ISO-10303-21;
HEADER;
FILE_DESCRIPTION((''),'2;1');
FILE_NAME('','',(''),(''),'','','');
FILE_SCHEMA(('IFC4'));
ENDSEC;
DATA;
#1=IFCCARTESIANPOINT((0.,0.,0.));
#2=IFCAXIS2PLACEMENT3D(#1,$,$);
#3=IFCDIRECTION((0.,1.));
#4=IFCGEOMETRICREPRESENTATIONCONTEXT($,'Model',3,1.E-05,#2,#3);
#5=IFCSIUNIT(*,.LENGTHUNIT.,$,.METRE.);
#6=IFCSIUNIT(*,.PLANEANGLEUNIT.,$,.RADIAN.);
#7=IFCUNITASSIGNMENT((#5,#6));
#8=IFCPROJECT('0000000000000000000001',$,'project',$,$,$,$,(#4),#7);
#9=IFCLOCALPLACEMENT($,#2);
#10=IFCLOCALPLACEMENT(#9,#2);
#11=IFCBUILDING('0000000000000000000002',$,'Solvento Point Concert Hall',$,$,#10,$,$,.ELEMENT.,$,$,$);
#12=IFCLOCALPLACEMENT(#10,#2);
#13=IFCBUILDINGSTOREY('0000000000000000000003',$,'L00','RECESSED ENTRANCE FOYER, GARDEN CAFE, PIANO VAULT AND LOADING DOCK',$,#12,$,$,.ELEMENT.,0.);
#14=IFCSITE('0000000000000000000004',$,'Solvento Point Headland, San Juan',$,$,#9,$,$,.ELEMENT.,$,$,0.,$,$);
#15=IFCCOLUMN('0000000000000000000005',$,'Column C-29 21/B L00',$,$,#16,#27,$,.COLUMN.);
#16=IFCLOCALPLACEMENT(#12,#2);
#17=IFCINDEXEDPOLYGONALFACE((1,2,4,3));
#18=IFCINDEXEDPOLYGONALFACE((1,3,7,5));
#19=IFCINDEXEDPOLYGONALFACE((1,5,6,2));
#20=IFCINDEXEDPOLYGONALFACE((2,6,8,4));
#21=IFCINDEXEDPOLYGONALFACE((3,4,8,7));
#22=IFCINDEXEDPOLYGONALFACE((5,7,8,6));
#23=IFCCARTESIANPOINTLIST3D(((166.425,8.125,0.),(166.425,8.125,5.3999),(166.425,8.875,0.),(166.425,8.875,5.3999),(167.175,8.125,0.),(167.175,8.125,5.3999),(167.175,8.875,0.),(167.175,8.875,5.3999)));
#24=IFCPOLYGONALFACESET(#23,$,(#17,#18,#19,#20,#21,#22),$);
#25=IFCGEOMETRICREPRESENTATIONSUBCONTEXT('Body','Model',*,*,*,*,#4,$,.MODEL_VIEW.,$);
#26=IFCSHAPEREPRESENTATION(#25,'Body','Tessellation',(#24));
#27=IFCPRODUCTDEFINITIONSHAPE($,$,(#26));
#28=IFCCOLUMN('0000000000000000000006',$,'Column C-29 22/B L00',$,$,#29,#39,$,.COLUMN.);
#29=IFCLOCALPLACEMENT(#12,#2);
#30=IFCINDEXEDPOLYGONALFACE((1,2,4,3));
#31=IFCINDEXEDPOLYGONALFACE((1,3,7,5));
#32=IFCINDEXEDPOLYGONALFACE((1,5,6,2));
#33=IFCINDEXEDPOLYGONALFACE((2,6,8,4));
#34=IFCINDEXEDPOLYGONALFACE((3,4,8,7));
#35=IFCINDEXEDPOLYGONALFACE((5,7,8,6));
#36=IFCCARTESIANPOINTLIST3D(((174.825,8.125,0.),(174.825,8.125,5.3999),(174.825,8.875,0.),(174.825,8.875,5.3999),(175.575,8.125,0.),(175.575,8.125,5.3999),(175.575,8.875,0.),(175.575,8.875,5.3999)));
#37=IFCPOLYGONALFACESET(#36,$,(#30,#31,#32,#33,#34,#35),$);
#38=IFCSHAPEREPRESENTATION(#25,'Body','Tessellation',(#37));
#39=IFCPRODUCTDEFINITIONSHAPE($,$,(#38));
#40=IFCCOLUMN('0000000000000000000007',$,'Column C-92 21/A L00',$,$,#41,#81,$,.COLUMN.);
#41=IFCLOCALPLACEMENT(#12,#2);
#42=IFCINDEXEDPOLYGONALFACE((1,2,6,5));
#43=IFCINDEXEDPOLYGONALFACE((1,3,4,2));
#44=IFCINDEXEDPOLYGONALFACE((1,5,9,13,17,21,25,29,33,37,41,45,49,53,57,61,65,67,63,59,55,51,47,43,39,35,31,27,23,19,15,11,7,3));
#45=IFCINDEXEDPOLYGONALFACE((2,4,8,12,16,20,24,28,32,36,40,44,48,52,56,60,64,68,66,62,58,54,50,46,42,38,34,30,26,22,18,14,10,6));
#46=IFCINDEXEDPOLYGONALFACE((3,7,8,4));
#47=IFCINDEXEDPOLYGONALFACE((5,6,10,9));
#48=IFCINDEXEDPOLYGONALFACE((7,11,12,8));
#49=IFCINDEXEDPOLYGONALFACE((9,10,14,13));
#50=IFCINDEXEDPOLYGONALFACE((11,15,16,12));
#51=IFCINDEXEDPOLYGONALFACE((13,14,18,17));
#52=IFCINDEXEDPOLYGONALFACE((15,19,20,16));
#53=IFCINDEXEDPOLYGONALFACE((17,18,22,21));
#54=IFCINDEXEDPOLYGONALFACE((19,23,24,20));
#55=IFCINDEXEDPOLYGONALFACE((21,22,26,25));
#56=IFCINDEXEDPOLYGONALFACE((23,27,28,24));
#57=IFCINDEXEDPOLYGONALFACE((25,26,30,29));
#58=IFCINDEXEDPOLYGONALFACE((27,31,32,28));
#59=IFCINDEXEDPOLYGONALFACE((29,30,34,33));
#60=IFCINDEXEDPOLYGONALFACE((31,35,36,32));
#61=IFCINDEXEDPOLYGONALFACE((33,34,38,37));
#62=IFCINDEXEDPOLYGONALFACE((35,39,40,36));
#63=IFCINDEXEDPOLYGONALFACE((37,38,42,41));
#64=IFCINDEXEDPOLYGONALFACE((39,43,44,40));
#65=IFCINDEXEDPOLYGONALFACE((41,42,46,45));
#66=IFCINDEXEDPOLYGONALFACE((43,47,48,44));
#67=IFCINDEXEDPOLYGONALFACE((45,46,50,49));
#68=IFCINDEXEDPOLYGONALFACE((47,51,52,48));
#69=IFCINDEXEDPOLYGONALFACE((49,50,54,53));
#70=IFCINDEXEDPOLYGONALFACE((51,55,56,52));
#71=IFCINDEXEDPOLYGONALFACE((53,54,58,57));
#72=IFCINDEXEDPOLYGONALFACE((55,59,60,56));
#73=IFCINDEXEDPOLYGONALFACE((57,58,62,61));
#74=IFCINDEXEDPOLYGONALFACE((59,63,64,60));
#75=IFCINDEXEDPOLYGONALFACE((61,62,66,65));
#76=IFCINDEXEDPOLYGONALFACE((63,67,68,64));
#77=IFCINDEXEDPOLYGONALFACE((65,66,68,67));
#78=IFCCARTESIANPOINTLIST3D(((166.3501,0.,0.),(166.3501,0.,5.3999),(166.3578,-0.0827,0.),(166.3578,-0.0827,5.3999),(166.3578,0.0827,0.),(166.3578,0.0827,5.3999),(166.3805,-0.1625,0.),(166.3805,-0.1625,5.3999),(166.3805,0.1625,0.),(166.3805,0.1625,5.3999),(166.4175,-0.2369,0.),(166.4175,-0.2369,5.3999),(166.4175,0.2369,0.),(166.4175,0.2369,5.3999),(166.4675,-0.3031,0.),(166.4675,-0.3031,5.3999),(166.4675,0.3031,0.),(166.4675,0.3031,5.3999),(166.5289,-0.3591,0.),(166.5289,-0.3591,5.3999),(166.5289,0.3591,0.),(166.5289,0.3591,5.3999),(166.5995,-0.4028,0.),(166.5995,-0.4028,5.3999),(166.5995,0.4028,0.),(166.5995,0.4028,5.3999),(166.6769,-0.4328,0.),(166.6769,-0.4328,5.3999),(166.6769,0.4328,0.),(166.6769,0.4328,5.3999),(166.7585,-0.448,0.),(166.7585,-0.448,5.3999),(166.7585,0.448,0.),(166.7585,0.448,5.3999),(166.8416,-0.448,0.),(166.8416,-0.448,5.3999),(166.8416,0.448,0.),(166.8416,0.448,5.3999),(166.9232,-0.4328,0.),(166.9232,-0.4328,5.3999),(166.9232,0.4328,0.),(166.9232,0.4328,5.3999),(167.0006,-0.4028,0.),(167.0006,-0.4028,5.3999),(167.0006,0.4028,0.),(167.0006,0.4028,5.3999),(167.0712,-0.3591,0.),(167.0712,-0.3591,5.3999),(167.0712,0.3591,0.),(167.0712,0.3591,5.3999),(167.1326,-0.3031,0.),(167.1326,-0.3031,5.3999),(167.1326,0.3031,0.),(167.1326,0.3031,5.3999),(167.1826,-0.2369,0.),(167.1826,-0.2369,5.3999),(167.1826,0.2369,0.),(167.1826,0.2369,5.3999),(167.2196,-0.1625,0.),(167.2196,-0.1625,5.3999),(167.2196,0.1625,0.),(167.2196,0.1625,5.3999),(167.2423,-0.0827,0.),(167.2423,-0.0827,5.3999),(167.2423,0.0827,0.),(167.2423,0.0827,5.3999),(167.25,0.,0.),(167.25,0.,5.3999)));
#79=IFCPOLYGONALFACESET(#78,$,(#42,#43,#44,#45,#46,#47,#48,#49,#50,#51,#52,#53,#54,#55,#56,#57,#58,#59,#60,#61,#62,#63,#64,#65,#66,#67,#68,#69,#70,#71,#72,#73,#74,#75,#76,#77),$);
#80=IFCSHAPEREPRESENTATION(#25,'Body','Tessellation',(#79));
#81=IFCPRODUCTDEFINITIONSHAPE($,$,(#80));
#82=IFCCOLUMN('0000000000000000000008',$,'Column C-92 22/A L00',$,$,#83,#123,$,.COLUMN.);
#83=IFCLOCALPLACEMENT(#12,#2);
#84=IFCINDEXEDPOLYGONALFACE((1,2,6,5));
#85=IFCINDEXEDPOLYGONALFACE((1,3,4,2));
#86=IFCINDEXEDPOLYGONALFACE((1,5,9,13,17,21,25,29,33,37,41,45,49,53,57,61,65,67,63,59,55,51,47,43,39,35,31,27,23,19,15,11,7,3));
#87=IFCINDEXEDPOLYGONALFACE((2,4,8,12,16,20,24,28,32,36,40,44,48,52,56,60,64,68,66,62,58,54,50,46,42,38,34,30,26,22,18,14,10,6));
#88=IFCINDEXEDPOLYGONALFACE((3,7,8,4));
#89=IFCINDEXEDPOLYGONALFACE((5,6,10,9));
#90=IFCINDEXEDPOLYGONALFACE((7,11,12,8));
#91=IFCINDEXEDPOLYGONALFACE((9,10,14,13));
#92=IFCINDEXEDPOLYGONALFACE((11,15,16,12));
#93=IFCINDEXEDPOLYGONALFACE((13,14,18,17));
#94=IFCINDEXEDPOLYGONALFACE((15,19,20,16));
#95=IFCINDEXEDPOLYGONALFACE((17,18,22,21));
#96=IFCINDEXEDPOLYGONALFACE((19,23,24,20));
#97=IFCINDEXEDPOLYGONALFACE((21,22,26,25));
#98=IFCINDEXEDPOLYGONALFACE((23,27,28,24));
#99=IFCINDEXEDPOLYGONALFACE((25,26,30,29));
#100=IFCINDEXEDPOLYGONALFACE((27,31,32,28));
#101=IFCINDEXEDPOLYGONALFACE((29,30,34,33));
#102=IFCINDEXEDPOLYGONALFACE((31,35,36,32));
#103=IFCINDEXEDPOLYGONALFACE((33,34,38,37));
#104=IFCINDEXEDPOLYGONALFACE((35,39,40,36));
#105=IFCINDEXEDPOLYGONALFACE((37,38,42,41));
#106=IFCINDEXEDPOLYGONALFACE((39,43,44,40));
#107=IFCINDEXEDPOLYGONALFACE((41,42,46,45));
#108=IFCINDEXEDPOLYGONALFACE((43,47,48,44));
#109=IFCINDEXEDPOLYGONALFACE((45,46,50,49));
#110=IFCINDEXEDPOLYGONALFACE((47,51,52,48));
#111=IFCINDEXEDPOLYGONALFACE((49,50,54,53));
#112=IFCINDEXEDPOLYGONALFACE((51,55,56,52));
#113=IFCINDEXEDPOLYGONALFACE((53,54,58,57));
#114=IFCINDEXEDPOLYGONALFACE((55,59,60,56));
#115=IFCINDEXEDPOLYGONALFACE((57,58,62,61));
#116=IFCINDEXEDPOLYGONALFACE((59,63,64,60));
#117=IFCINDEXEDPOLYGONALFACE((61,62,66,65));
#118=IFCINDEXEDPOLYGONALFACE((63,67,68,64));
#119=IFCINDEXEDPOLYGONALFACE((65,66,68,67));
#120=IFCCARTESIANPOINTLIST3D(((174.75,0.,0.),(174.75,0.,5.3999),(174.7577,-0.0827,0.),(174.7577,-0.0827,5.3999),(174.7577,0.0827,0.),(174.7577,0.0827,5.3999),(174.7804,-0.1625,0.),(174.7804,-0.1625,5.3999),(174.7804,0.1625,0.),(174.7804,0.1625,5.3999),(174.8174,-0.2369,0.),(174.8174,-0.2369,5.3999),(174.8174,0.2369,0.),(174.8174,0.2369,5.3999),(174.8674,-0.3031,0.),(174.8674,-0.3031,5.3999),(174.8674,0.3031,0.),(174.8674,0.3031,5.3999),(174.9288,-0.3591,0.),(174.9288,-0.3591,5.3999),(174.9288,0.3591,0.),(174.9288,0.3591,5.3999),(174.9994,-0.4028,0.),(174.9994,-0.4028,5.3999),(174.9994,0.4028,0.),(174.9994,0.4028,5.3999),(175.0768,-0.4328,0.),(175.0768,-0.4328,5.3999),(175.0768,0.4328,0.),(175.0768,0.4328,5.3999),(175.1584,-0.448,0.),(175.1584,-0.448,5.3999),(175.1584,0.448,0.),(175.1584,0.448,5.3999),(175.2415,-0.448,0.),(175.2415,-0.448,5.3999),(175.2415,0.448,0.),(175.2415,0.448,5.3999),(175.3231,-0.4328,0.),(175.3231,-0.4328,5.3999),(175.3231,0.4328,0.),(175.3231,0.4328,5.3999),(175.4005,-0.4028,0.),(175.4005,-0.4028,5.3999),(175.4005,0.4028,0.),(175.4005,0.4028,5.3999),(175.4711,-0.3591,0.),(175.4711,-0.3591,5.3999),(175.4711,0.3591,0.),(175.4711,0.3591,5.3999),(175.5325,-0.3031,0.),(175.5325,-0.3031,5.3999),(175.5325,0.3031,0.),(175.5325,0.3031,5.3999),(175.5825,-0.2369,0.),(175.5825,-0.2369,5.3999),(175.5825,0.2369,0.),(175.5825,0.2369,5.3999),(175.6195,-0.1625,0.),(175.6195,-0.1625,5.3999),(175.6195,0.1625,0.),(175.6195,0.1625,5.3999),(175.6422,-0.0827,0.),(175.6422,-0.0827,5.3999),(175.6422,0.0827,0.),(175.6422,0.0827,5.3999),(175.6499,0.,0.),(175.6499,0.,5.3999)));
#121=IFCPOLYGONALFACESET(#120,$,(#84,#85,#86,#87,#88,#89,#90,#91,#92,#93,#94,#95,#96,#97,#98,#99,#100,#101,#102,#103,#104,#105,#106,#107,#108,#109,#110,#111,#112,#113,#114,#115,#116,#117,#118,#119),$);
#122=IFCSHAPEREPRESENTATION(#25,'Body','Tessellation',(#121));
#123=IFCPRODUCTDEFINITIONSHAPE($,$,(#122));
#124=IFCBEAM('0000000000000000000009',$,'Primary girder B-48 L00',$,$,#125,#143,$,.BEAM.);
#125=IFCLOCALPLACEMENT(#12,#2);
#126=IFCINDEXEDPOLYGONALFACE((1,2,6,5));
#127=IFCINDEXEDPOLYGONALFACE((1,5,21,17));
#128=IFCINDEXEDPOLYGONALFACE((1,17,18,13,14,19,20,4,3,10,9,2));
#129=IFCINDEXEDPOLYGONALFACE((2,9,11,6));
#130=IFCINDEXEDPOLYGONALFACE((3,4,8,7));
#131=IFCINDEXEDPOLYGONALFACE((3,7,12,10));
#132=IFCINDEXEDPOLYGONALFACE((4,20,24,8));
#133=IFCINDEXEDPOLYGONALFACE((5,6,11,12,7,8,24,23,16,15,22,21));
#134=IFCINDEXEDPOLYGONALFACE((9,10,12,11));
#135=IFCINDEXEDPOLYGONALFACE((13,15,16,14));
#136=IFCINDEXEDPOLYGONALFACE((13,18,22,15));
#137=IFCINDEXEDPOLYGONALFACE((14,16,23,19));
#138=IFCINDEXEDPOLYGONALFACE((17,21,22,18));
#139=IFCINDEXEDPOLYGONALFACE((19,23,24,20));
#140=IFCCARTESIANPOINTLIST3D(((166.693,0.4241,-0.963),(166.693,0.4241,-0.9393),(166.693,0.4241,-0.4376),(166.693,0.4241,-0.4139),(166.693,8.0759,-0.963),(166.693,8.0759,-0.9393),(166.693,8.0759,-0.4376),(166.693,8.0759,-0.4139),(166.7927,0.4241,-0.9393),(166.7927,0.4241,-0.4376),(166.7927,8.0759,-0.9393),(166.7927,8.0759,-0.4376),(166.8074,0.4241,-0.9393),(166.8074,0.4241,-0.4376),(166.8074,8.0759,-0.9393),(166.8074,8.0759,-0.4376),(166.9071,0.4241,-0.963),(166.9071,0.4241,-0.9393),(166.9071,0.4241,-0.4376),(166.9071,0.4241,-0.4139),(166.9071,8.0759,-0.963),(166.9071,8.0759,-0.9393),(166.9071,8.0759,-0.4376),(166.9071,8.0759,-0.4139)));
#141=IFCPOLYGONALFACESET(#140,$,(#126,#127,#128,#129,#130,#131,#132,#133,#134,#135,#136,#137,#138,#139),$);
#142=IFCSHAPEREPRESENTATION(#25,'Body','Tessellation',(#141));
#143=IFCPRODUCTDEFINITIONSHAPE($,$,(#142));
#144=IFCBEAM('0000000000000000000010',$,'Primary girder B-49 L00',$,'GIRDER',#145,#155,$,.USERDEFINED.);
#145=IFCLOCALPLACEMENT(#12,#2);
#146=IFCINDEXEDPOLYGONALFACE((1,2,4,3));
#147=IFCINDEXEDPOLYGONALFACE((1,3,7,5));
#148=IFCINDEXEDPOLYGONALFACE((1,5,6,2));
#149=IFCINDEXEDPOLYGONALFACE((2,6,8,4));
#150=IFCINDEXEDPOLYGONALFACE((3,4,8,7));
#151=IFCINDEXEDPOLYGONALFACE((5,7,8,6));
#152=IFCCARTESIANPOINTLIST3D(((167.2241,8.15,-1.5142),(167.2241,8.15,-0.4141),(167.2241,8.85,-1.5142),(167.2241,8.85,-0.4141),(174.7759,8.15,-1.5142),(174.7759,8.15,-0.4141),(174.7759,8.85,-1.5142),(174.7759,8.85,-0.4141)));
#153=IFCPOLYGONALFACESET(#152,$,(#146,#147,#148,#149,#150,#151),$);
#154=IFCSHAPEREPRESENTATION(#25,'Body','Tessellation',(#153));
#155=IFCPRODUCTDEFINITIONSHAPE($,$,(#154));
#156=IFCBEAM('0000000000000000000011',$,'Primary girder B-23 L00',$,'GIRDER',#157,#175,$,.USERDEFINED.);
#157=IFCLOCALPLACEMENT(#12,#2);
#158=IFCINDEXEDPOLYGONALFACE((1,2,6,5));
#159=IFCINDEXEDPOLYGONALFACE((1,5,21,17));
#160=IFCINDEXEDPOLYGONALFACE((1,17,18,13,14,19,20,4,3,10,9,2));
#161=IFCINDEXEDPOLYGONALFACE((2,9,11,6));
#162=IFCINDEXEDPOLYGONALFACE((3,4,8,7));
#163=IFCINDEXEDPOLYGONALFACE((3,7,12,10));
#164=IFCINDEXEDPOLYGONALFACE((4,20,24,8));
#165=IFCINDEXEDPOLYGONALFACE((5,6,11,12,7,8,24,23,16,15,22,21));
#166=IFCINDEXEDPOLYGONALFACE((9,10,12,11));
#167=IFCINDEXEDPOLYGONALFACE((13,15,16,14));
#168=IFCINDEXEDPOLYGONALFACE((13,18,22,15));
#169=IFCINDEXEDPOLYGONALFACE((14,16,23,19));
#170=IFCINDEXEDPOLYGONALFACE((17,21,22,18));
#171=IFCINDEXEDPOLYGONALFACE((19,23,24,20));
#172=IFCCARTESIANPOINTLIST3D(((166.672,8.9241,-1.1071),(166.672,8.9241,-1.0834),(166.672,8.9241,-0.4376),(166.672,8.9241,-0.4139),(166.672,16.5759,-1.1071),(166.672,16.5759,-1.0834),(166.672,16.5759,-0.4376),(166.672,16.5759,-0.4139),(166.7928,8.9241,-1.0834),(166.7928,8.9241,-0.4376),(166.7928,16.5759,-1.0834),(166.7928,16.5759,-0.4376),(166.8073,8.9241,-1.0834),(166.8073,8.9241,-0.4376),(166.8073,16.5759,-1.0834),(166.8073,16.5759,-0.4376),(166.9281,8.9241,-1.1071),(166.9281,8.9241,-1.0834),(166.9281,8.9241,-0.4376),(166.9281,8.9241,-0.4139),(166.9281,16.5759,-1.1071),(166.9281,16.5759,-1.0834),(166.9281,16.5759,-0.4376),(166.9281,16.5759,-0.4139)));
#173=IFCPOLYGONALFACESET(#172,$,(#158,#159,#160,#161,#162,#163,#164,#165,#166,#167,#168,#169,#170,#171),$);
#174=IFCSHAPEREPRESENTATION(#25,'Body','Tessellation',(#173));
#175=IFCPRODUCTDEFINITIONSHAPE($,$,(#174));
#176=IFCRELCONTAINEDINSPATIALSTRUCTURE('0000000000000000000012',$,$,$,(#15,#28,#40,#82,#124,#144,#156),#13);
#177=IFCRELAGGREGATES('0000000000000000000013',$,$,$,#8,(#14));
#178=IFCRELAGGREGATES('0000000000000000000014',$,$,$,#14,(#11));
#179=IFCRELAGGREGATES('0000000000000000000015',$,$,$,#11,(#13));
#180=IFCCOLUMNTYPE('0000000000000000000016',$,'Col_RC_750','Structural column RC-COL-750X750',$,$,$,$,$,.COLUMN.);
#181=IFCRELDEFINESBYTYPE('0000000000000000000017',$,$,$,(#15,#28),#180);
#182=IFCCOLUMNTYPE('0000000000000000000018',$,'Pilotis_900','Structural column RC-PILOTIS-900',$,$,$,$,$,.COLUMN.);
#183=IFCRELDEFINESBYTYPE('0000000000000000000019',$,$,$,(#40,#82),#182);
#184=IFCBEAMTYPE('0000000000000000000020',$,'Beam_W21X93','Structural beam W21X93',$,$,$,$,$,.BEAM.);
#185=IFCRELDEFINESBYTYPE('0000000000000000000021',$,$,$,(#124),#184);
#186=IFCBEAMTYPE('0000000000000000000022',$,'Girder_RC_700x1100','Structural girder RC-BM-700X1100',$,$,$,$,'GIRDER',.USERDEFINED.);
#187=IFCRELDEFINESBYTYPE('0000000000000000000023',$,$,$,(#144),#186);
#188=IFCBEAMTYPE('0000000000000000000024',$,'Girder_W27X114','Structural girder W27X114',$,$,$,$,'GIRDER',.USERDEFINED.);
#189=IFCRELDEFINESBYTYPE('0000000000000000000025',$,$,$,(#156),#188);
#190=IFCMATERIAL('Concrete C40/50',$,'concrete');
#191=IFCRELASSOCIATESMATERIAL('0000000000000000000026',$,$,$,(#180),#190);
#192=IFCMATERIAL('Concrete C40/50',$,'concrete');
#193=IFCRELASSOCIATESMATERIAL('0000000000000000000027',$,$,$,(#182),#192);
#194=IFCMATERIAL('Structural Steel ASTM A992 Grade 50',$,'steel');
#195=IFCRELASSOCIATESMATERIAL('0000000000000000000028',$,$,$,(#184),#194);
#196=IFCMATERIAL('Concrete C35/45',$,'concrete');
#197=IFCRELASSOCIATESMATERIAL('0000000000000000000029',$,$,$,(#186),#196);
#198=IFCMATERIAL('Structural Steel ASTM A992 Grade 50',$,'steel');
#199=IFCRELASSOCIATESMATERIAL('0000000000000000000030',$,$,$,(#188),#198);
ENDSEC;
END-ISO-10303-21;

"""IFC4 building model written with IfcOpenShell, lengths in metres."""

from ifc_helpers import new_model, si_unit, direction, frame, origin, origin_2d, place, context, subcontext, project, spatial, rectangle, circle, i_section, extrude, material, material_profile, profile_set, type_object, element, save


model = new_model("IFC4")

# Units and contexts
model_context = context("Model", 3, precision=1e-05, world=origin(), true_north=direction((0.0, 1.0)))
body_context = subcontext(model_context, "Body", "Model", "MODEL_VIEW")
ifc_project = project(units=[si_unit("LENGTHUNIT", "METRE"), si_unit("PLANEANGLEUNIT", "RADIAN")], contexts=[model_context])

# Site, building, storey
site_placement = place(None, origin())
site = spatial("IfcSite", under=ifc_project, at=site_placement, Name="Solvento Point Headland, San Juan", CompositionType="ELEMENT", RefElevation=0.0)
building_placement = place(site_placement, origin())
building = spatial("IfcBuilding", under=site, at=building_placement, Name="Solvento Point Concert Hall", CompositionType="ELEMENT")
storey_placement = place(building_placement, origin())
storey = spatial("IfcBuildingStorey", under=building, at=storey_placement, Name="L00", Description="RECESSED ENTRANCE FOYER, GARDEN CAFE, PIANO VAULT AND LOADING DOCK", CompositionType="ELEMENT", Elevation=0.0)

# Columns
ifc_material_1 = material(Name="Concrete C40/50", Category="concrete")
ifc_material_profile_1 = material_profile(ifc_material_1, rectangle(XDim=0.75, YDim=0.75, at=origin_2d()), Name="RC-COL-750X750")
ifc_profile_set_1 = profile_set([ifc_material_profile_1], Name="Concrete C40/50")
column_type_1 = type_object("IfcColumnType", Name="Col_RC_750", Description="Structural column RC-COL-750X750", PredefinedType="COLUMN", material=ifc_profile_set_1)
for number, where, z_axis, x_axis, name in (
    (1, (166.8, 8.5, 0.0), (0.0, 0.0, 1.0), (1.0, 0.0, 0.0), "Column C-29 21/B L00"),
    (2, (175.2, 8.5, 0.0), (0.0, 0.0, 1.0), (1.0, 0.0, 0.0), "Column C-29 22/B L00"),
):
    element("IfcColumn", number, at=place(storey_placement, frame(where, z_axis=z_axis, x_axis=x_axis)), inside=storey, type_object=column_type_1, Name=name, PredefinedType="COLUMN", context=body_context, shape_type="SweptSolid", body=[
        extrude(rectangle(XDim=0.75, YDim=0.75, at=origin_2d()), origin(), (0.0, 0.0, 1.0), 5.3999),
    ])
ifc_material_2 = material(Name="Concrete C40/50", Category="concrete")
ifc_material_profile_2 = material_profile(ifc_material_2, circle(Radius=0.45, at=origin_2d()), Name="RC-PILOTIS-900")
ifc_profile_set_2 = profile_set([ifc_material_profile_2], Name="Concrete C40/50")
column_type_2 = type_object("IfcColumnType", Name="Pilotis_900", Description="Structural column RC-PILOTIS-900", PredefinedType="COLUMN", material=ifc_profile_set_2)
for number, where, z_axis, x_axis, name in (
    (3, (166.8, 0.0, 0.0), (0.0, 0.0, 1.0), (1.0, 0.0, 0.0), "Column C-92 21/A L00"),
    (4, (175.2, 0.0, 0.0), (0.0, 0.0, 1.0), (1.0, 0.0, 0.0), "Column C-92 22/A L00"),
):
    element("IfcColumn", number, at=place(storey_placement, frame(where, z_axis=z_axis, x_axis=x_axis)), inside=storey, type_object=column_type_2, Name=name, PredefinedType="COLUMN", context=body_context, shape_type="SweptSolid", body=[
        extrude(circle(Radius=0.45, at=origin_2d()), origin(), (0.0, 0.0, 1.0), 5.3999),
    ])

# Beams
ifc_material_3 = material(Name="Structural Steel ASTM A992 Grade 50", Category="steel")
ifc_material_profile_3 = material_profile(ifc_material_3, i_section(OverallWidth=0.2141, OverallDepth=0.5491, WebThickness=0.0146, FlangeThickness=0.0237, at=origin_2d()), Name="W21X93")
ifc_profile_set_3 = profile_set([ifc_material_profile_3], Name="Structural Steel ASTM A992 Grade 50")
beam_type_1 = type_object("IfcBeamType", Name="Beam_W21X93", Description="Structural beam W21X93", PredefinedType="BEAM", material=ifc_profile_set_3)
beam_1_placement = place(storey_placement, frame((166.8, 0.4241, -0.6885), z_axis=(0.0, 1.0, 0.0), x_axis=(-1.0, 0.0, 0.0)))
element("IfcBeam", 5, at=beam_1_placement, inside=storey, type_object=beam_type_1, Name="Primary girder B-48 L00", PredefinedType="BEAM", context=body_context, shape_type="SweptSolid", body=[
    extrude(i_section(OverallWidth=0.2141, OverallDepth=0.5491, WebThickness=0.0146, FlangeThickness=0.0237, at=origin_2d()), origin(), (0.0, 0.0, 1.0), 7.6519),
])
ifc_material_4 = material(Name="Concrete C35/45", Category="concrete")
ifc_material_profile_4 = material_profile(ifc_material_4, rectangle(XDim=0.7, YDim=1.1001, at=origin_2d()), Name="RC-BM-700X1100")
ifc_profile_set_4 = profile_set([ifc_material_profile_4], Name="Concrete C35/45")
beam_type_2 = type_object("IfcBeamType", Name="Girder_RC_700x1100", Description="Structural girder RC-BM-700X1100", ElementType="GIRDER", PredefinedType="USERDEFINED", material=ifc_profile_set_4)
beam_2_placement = place(storey_placement, frame((167.2241, 8.5, -0.9641), z_axis=(1.0, 0.0, 0.0), x_axis=(0.0, 1.0, 0.0)))
element("IfcBeam", 6, at=beam_2_placement, inside=storey, type_object=beam_type_2, Name="Primary girder B-49 L00", ObjectType="GIRDER", PredefinedType="USERDEFINED", context=body_context, shape_type="SweptSolid", body=[
    extrude(rectangle(XDim=0.7, YDim=1.1001, at=origin_2d()), origin(), (0.0, 0.0, 1.0), 7.5518),
])
ifc_material_5 = material(Name="Structural Steel ASTM A992 Grade 50", Category="steel")
ifc_material_profile_5 = material_profile(ifc_material_5, i_section(OverallWidth=0.2561, OverallDepth=0.6931, WebThickness=0.0144, FlangeThickness=0.0237, at=origin_2d()), Name="W27X114")
ifc_profile_set_5 = profile_set([ifc_material_profile_5], Name="Structural Steel ASTM A992 Grade 50")
beam_type_3 = type_object("IfcBeamType", Name="Girder_W27X114", Description="Structural girder W27X114", ElementType="GIRDER", PredefinedType="USERDEFINED", material=ifc_profile_set_5)
for number, where, z_axis, x_axis, name in (
    (7, (166.8, 8.9241, -0.7605), (0.0, 1.0, 0.0), (-1.0, 0.0, 0.0), "Primary girder B-23 L00"),
):
    element("IfcBeam", number, at=place(storey_placement, frame(where, z_axis=z_axis, x_axis=x_axis)), inside=storey, type_object=beam_type_3, Name=name, ObjectType="GIRDER", PredefinedType="USERDEFINED", context=body_context, shape_type="SweptSolid", body=[
        extrude(i_section(OverallWidth=0.2561, OverallDepth=0.6931, WebThickness=0.0144, FlangeThickness=0.0237, at=origin_2d()), origin(), (0.0, 0.0, 1.0), 7.6519),
    ])

save(model, "model.ifc")
